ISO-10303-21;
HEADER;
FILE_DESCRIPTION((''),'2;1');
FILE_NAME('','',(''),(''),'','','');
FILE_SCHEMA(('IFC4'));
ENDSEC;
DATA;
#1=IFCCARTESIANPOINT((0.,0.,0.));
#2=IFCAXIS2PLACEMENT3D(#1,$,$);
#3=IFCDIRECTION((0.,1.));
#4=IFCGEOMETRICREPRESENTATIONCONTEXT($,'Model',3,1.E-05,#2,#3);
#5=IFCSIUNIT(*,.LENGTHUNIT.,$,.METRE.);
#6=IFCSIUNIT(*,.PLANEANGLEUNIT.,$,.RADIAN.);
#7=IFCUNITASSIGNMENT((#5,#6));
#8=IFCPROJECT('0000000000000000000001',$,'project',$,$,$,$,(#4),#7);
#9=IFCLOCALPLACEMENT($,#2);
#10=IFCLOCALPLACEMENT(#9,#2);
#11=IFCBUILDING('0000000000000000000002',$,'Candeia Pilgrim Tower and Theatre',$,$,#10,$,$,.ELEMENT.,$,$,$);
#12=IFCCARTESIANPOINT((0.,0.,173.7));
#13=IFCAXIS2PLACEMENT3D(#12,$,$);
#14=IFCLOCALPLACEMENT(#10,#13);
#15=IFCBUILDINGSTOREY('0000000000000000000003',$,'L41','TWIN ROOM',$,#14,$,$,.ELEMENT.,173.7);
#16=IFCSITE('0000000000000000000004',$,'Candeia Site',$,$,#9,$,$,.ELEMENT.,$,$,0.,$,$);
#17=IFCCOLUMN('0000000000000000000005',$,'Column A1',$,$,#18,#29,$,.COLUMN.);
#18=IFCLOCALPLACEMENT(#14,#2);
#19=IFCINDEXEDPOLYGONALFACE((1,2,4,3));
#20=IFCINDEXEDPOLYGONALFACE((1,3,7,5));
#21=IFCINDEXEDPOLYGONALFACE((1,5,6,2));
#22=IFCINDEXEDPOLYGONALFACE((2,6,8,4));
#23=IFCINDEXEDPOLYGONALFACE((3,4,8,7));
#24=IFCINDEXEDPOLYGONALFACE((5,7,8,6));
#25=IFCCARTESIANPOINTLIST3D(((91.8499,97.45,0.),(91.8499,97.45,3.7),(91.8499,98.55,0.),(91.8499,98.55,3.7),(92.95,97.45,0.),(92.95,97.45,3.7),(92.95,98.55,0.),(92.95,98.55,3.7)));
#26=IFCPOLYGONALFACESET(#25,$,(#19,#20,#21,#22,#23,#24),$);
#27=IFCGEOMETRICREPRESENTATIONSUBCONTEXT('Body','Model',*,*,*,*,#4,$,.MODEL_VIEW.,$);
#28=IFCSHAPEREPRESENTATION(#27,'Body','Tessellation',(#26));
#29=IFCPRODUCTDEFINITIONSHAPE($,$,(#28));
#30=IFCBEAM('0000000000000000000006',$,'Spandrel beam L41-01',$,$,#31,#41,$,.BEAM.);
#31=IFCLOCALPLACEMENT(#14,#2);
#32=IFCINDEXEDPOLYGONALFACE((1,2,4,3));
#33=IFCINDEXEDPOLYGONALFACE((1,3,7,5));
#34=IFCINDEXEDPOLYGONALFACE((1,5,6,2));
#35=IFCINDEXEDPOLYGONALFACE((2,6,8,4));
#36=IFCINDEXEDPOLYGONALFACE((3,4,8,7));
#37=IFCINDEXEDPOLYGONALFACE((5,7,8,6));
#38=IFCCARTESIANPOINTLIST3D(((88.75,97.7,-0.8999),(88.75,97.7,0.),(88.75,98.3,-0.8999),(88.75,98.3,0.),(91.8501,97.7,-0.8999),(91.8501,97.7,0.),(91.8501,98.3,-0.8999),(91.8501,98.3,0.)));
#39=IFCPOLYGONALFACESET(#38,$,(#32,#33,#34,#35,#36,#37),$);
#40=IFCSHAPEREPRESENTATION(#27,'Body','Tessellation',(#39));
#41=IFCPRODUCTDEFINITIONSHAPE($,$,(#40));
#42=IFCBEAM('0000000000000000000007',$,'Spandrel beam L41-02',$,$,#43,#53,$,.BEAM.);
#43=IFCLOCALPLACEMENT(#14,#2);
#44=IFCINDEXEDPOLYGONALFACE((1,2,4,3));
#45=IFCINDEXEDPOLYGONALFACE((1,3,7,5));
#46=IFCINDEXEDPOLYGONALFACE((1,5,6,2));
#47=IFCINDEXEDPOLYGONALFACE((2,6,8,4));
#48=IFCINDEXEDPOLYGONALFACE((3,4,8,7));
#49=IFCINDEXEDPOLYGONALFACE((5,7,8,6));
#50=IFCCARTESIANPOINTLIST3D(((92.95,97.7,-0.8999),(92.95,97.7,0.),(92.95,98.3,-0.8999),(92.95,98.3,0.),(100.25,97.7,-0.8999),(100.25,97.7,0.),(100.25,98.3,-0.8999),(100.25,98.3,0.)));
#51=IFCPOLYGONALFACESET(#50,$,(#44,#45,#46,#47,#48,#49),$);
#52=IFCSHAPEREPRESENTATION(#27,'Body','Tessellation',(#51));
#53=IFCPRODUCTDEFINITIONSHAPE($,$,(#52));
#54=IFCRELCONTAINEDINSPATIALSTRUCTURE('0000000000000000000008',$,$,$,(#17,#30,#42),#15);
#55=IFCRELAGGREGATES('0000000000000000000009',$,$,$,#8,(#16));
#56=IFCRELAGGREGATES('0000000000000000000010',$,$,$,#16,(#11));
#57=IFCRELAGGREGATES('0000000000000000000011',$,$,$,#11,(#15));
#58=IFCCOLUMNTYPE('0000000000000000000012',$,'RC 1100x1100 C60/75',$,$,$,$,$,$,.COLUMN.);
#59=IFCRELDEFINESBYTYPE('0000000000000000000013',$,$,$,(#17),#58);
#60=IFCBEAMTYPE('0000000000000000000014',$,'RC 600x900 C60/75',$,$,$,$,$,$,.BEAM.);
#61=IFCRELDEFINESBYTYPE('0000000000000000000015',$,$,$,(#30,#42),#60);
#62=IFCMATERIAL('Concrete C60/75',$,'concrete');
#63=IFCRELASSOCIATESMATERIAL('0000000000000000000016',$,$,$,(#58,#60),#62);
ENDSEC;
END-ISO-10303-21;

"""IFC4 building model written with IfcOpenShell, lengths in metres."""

from ifc_helpers import new_model, si_unit, direction, frame, origin, origin_2d, place, context, subcontext, project, spatial, rectangle, extrude, material, material_profile, profile_set, type_object, element, save


model = new_model("IFC4")

# Units and contexts
model_context = context("Model", 3, precision=1e-05, world=origin(), true_north=direction((0.0, 1.0)))
body_context = subcontext(model_context, "Body", "Model", "MODEL_VIEW")
ifc_project = project(units=[si_unit("LENGTHUNIT", "METRE"), si_unit("PLANEANGLEUNIT", "RADIAN")], contexts=[model_context])

# Site, building, storey
site_placement = place(None, origin())
site = spatial("IfcSite", under=ifc_project, at=site_placement, Name="Candeia Site", CompositionType="ELEMENT", RefElevation=0.0)
building_placement = place(site_placement, origin())
building = spatial("IfcBuilding", under=site, at=building_placement, Name="Candeia Pilgrim Tower and Theatre", CompositionType="ELEMENT")
storey_placement = place(building_placement, frame((0.0, 0.0, 173.7)))
storey = spatial("IfcBuildingStorey", under=building, at=storey_placement, Name="L41", Description="TWIN ROOM", CompositionType="ELEMENT", Elevation=173.7)

# Column
ifc_material_1 = material(Name="Concrete C60/75", Category="concrete")
ifc_material_profile_1 = material_profile(ifc_material_1, rectangle(XDim=1.1001, YDim=1.1001, at=origin_2d()))
ifc_profile_set_1 = profile_set([ifc_material_profile_1], Name="Concrete C60/75")
column_type = type_object("IfcColumnType", Name="RC 1100x1100 C60/75", PredefinedType="COLUMN", material=ifc_profile_set_1)
column_placement = place(storey_placement, frame((92.3999, 98.0, 0.0), z_axis=(0.0, 0.0, 1.0), x_axis=(1.0, 0.0, 0.0)))
element("IfcColumn", 1, at=column_placement, inside=storey, type_object=column_type, Name="Column A1", PredefinedType="COLUMN", context=body_context, shape_type="SweptSolid", body=[
    extrude(rectangle(XDim=1.1001, YDim=1.1001, at=origin_2d()), origin(), (0.0, 0.0, 1.0), 3.7),
])

# Beams
ifc_material_profile_2 = material_profile(ifc_material_1, rectangle(XDim=0.6001, YDim=0.8999, at=origin_2d()))
ifc_profile_set_2 = profile_set([ifc_material_profile_2], Name="Concrete C60/75")
beam_type = type_object("IfcBeamType", Name="RC 600x900 C60/75", PredefinedType="BEAM", material=ifc_profile_set_2)
beam_1_placement = place(storey_placement, frame((88.75, 98.0, -0.45), z_axis=(1.0, 0.0, 0.0), x_axis=(0.0, 1.0, 0.0)))
element("IfcBeam", 2, at=beam_1_placement, inside=storey, type_object=beam_type, Name="Spandrel beam L41-01", PredefinedType="BEAM", context=body_context, shape_type="SweptSolid", body=[
    extrude(rectangle(XDim=0.6001, YDim=0.8999, at=origin_2d()), origin(), (0.0, 0.0, 1.0), 3.1001),
])
beam_2_placement = place(storey_placement, frame((92.95, 98.0, -0.45), z_axis=(1.0, 0.0, 0.0), x_axis=(0.0, 1.0, 0.0)))
element("IfcBeam", 3, at=beam_2_placement, inside=storey, type_object=beam_type, Name="Spandrel beam L41-02", PredefinedType="BEAM", context=body_context, shape_type="SweptSolid", body=[
    extrude(rectangle(XDim=0.6001, YDim=0.8999, at=origin_2d()), origin(), (0.0, 0.0, 1.0), 7.3),
])

save(model, "model.ifc")
